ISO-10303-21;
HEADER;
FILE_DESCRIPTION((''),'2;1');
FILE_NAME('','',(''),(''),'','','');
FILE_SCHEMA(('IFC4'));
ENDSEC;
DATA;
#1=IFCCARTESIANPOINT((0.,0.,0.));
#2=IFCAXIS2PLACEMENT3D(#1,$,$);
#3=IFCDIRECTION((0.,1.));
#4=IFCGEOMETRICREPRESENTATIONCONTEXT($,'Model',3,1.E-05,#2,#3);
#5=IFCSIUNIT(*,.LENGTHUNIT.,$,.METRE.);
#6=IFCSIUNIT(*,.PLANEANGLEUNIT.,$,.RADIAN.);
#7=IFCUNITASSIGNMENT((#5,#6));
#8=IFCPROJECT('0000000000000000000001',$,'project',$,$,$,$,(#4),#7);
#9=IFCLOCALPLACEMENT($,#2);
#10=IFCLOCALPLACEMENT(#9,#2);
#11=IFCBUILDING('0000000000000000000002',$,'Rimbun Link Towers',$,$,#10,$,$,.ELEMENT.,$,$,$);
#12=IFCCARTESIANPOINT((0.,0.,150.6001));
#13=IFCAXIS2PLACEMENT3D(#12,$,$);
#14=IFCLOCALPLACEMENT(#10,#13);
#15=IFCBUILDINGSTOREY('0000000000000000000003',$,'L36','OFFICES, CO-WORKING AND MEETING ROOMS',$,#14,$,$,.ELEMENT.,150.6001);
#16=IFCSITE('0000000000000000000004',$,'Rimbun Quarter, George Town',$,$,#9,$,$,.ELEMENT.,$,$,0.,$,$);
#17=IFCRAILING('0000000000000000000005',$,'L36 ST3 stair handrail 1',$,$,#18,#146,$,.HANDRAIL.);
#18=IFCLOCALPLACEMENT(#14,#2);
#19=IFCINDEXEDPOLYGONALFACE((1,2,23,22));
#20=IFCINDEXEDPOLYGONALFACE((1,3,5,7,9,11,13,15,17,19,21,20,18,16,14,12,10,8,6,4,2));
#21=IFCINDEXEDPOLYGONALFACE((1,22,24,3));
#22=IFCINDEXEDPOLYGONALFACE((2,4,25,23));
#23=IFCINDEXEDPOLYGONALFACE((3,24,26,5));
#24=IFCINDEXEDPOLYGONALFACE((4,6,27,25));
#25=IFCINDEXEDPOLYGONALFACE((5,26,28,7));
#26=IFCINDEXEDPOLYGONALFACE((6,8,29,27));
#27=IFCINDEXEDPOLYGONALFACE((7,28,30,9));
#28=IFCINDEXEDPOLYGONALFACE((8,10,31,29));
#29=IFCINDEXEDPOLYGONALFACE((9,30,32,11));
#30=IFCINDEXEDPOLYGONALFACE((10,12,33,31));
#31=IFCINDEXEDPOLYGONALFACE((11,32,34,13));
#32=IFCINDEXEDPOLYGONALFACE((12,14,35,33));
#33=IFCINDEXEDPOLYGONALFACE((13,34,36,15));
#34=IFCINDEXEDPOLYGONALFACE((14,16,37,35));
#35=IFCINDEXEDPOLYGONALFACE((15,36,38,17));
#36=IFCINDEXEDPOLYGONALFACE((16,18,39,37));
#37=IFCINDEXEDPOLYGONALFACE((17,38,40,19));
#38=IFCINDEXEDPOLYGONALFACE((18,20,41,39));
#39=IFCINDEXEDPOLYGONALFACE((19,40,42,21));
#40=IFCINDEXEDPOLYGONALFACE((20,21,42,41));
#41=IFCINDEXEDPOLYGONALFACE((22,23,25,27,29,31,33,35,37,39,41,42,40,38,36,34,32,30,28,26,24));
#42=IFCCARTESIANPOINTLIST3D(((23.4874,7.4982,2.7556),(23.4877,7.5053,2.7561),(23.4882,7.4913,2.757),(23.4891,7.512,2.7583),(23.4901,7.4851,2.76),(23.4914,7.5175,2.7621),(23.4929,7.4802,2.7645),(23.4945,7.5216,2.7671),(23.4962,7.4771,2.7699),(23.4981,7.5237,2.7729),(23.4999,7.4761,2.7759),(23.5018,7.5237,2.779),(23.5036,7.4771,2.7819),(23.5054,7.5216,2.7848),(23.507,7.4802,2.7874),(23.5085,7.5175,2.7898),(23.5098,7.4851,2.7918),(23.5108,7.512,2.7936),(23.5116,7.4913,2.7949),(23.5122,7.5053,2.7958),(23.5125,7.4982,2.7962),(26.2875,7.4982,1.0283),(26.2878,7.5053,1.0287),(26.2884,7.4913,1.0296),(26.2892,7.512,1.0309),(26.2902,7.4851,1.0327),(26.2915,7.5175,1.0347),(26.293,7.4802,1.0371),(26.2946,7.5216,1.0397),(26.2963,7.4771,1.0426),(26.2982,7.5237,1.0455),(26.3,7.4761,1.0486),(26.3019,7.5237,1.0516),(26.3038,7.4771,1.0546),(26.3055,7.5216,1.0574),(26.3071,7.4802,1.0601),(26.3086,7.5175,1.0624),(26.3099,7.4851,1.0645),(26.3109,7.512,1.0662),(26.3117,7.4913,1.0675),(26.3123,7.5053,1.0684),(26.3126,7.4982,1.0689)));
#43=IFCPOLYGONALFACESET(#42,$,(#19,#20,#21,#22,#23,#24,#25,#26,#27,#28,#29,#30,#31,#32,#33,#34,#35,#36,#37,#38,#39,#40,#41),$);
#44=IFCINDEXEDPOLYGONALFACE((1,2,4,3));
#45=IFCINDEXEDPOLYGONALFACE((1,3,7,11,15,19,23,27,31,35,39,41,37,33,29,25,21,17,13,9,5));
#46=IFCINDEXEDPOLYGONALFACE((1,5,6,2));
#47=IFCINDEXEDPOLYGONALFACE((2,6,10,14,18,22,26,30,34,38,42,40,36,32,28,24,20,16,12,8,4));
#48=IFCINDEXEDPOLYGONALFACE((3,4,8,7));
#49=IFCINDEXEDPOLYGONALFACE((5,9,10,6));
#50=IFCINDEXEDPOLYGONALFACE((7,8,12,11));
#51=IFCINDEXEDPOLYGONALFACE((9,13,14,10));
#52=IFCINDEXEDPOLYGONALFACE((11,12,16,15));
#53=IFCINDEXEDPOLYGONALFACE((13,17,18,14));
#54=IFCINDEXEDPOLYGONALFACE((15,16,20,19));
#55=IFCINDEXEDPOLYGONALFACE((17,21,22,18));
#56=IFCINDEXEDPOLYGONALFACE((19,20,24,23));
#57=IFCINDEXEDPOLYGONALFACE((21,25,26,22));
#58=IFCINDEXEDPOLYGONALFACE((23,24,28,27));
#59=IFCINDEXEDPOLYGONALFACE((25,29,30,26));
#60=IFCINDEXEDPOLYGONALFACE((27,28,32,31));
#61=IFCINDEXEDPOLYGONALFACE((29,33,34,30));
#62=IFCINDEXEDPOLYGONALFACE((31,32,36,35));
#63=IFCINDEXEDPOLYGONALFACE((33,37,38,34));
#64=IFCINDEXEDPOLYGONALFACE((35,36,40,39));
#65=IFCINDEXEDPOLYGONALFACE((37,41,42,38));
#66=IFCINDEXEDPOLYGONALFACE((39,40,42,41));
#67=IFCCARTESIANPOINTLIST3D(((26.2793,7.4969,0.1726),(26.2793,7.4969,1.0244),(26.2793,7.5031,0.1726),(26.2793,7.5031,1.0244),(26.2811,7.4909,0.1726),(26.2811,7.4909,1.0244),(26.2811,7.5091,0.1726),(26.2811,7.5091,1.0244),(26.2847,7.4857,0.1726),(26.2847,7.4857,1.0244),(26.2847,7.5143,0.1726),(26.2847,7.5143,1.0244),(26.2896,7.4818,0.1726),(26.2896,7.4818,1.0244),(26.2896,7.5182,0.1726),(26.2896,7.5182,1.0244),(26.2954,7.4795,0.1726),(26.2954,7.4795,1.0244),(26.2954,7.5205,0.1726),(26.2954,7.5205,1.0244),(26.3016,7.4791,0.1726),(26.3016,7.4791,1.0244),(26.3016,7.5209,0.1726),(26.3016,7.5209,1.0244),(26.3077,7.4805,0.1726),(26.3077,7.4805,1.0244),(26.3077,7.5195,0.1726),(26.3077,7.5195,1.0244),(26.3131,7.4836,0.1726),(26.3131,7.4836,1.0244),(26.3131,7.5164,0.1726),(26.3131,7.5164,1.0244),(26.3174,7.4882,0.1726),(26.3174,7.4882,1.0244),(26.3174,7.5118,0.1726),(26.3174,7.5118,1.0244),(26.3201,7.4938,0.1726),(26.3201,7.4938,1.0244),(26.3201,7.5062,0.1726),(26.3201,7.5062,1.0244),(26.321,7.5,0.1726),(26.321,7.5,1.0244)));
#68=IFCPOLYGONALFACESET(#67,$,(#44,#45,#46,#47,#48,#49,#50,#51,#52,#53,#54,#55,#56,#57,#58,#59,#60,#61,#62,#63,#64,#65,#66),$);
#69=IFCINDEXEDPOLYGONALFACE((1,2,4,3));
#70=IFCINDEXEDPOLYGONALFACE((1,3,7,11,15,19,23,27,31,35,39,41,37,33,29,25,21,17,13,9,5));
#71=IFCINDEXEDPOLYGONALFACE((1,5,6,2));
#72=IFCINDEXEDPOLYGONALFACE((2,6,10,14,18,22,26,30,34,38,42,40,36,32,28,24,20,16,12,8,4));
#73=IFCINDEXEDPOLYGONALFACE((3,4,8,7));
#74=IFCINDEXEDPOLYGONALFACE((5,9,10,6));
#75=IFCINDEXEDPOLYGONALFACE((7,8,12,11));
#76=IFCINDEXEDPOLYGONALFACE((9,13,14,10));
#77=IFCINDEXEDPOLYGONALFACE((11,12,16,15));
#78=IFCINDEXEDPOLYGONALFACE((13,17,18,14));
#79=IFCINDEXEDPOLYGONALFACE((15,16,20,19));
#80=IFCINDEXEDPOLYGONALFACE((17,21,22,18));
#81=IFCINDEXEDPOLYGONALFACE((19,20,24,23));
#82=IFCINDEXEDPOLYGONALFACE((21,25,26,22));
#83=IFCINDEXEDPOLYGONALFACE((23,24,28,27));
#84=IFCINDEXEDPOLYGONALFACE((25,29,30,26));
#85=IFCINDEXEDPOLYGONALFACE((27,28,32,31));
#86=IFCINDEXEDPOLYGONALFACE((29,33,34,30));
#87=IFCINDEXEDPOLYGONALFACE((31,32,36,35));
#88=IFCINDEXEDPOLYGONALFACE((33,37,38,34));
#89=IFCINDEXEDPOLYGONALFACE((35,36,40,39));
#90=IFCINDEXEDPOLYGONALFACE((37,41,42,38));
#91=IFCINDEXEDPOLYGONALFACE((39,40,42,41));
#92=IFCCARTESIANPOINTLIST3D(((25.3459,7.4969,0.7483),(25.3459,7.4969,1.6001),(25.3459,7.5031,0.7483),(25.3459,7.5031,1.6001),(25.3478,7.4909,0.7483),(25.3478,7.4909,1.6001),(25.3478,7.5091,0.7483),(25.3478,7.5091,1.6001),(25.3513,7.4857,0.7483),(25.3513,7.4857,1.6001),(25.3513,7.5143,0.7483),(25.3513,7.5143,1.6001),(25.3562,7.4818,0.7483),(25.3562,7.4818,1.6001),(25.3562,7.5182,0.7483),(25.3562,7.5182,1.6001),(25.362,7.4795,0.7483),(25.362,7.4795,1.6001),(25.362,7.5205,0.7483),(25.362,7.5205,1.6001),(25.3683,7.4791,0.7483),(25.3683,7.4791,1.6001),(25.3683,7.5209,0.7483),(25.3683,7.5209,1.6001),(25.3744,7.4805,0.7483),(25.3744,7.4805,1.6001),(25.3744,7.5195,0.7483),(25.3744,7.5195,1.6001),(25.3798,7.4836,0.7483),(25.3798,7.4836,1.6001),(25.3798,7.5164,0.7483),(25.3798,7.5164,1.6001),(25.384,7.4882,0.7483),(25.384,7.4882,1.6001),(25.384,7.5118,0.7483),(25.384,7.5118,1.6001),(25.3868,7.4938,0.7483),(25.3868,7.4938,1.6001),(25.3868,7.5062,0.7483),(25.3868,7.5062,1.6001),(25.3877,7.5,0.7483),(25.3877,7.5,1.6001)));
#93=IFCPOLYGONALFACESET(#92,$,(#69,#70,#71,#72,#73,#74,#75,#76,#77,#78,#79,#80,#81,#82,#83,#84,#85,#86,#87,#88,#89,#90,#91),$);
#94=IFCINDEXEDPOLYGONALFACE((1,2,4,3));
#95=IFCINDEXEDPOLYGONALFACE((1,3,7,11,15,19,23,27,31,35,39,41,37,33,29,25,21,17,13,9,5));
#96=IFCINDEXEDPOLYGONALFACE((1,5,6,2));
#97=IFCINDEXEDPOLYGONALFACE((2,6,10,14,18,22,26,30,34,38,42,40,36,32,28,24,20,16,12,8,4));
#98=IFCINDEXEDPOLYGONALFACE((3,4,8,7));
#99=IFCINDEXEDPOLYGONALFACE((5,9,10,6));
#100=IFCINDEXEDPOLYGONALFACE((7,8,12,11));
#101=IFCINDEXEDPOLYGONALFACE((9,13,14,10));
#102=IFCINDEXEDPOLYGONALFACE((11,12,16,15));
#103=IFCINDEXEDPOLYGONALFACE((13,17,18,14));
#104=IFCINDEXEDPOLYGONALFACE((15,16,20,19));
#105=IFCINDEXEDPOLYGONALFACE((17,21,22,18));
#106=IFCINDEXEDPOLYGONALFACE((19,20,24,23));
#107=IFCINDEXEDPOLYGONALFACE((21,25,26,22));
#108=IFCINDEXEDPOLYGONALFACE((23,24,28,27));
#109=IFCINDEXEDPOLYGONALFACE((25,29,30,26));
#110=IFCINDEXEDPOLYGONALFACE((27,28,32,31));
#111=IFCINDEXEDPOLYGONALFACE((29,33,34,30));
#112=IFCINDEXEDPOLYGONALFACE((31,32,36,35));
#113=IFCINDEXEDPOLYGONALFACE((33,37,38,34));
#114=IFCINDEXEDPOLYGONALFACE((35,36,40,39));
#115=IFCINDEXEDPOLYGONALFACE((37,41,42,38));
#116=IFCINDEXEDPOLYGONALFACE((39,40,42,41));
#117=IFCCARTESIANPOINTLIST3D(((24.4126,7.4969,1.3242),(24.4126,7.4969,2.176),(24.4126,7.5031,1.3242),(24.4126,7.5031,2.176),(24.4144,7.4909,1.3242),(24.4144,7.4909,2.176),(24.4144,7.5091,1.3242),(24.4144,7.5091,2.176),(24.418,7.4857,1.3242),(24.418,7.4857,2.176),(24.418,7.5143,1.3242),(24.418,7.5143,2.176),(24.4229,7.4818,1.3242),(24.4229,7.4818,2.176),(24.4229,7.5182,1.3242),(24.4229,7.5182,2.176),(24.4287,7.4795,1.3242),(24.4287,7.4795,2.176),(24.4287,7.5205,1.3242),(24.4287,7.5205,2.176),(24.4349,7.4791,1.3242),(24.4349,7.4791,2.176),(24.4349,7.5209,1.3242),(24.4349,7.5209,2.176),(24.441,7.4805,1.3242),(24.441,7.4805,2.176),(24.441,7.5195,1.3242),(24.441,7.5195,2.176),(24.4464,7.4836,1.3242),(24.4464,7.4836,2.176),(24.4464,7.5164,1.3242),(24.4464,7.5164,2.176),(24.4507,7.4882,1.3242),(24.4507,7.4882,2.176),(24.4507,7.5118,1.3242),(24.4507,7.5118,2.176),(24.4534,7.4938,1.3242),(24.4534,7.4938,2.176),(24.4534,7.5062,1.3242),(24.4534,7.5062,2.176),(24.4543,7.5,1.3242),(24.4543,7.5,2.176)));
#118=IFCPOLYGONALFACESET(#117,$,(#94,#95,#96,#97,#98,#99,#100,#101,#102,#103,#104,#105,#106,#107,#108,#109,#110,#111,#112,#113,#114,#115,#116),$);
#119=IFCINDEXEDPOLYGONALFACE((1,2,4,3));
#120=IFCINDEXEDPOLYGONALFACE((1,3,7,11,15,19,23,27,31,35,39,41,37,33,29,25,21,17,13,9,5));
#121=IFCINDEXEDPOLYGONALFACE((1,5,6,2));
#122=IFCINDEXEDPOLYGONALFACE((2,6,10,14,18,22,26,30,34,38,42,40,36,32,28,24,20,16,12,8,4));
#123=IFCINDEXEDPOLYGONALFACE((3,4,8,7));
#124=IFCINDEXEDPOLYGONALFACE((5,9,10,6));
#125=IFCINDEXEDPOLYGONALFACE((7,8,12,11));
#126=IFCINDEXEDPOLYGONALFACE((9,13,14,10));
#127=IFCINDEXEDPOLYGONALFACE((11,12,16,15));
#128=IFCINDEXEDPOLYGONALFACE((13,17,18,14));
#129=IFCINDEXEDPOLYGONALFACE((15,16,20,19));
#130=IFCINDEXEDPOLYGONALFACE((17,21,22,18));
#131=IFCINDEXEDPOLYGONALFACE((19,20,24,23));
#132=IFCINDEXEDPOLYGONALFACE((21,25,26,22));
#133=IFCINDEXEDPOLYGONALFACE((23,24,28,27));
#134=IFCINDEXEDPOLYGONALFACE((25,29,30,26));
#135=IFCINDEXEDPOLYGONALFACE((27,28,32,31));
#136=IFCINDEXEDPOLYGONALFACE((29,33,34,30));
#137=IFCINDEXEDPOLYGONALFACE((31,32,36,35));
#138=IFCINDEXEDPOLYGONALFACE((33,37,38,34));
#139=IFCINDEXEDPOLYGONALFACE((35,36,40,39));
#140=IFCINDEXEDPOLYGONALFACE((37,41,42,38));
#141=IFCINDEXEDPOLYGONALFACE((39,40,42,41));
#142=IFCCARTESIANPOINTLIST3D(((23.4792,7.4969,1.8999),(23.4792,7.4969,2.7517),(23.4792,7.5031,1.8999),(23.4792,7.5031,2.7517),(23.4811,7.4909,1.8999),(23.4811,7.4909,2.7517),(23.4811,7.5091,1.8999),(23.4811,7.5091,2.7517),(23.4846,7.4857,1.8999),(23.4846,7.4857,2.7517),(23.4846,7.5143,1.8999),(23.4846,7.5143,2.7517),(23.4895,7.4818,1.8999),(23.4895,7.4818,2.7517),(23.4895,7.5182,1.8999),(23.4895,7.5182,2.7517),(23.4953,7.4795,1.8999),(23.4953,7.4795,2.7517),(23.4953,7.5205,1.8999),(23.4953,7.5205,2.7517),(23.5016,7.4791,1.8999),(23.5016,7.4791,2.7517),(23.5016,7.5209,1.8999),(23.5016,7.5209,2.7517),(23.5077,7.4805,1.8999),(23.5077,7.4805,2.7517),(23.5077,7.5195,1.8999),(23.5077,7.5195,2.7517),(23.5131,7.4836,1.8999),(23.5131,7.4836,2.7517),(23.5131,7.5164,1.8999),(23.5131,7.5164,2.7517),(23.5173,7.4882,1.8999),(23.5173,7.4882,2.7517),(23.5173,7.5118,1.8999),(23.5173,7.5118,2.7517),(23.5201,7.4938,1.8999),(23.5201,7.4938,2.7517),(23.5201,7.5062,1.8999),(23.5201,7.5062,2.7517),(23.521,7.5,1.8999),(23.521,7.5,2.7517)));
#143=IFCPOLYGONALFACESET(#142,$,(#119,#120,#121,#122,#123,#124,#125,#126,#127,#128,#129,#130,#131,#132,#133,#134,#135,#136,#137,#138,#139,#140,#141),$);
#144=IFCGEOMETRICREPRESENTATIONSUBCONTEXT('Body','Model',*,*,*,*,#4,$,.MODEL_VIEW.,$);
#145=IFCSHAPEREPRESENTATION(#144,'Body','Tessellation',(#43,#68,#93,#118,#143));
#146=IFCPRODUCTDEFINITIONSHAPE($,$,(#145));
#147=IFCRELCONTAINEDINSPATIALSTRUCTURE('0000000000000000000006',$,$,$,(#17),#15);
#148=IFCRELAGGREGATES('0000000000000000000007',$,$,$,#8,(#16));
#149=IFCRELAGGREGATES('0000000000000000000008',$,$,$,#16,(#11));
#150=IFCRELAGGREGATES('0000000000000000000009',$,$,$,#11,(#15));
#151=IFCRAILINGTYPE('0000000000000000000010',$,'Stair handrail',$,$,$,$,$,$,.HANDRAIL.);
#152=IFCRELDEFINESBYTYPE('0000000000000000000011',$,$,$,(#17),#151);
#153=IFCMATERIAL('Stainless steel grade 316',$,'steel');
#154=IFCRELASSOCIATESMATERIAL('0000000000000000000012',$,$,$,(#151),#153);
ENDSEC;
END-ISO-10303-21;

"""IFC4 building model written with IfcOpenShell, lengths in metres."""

from ifc_helpers import new_model, si_unit, direction, frame, origin, origin_2d, place, context, subcontext, project, spatial, circle, extrude, material, type_object, element, save


model = new_model("IFC4")

# Units and contexts
model_context = context("Model", 3, precision=1e-05, world=origin(), true_north=direction((0.0, 1.0)))
body_context = subcontext(model_context, "Body", "Model", "MODEL_VIEW")
ifc_project = project(units=[si_unit("LENGTHUNIT", "METRE"), si_unit("PLANEANGLEUNIT", "RADIAN")], contexts=[model_context])

# Site, building, storey
site_placement = place(None, origin())
site = spatial("IfcSite", under=ifc_project, at=site_placement, Name="Rimbun Quarter, George Town", CompositionType="ELEMENT", RefElevation=0.0)
building_placement = place(site_placement, origin())
building = spatial("IfcBuilding", under=site, at=building_placement, Name="Rimbun Link Towers", CompositionType="ELEMENT")
storey_placement = place(building_placement, frame((0.0, 0.0, 150.6001)))
storey = spatial("IfcBuildingStorey", under=building, at=storey_placement, Name="L36", Description="OFFICES, CO-WORKING AND MEETING ROOMS", CompositionType="ELEMENT", Elevation=150.6001)

# Railing
ifc_material_1 = material(Name="Stainless steel grade 316", Category="steel")
railing_type_1 = type_object("IfcRailingType", Name="Stair handrail", PredefinedType="HANDRAIL", material=ifc_material_1)
railing_1_placement = place(storey_placement, frame((26.3, 7.5, 0.1726)))
element("IfcRailing", 1, at=railing_1_placement, inside=storey, type_object=railing_type_1, Name="L36 ST3 stair handrail 1", PredefinedType="HANDRAIL", context=body_context, shape_type="SweptSolid", body=[
    extrude(circle(Radius=0.0239, at=origin_2d()), frame((0.0, 0.0, 0.876), z_axis=(-0.85109, 0.0, 0.52502), x_axis=(0.0, -1.0, 0.0)), (0.0, 0.0, 1.0), 3.29),
    extrude(circle(Radius=0.021, at=origin_2d()), origin(), (0.0, 0.0, 1.0), 0.8518),
    extrude(circle(Radius=0.021, at=origin_2d()), frame((-0.9333, 0.0, 0.5757)), (0.0, 0.0, 1.0), 0.8518),
    extrude(circle(Radius=0.021, at=origin_2d()), frame((-1.8667, 0.0, 1.1516)), (0.0, 0.0, 1.0), 0.8518),
    extrude(circle(Radius=0.021, at=origin_2d()), frame((-2.8, 0.0, 1.7273)), (0.0, 0.0, 1.0), 0.8518),
])

save(model, "model.ifc")
